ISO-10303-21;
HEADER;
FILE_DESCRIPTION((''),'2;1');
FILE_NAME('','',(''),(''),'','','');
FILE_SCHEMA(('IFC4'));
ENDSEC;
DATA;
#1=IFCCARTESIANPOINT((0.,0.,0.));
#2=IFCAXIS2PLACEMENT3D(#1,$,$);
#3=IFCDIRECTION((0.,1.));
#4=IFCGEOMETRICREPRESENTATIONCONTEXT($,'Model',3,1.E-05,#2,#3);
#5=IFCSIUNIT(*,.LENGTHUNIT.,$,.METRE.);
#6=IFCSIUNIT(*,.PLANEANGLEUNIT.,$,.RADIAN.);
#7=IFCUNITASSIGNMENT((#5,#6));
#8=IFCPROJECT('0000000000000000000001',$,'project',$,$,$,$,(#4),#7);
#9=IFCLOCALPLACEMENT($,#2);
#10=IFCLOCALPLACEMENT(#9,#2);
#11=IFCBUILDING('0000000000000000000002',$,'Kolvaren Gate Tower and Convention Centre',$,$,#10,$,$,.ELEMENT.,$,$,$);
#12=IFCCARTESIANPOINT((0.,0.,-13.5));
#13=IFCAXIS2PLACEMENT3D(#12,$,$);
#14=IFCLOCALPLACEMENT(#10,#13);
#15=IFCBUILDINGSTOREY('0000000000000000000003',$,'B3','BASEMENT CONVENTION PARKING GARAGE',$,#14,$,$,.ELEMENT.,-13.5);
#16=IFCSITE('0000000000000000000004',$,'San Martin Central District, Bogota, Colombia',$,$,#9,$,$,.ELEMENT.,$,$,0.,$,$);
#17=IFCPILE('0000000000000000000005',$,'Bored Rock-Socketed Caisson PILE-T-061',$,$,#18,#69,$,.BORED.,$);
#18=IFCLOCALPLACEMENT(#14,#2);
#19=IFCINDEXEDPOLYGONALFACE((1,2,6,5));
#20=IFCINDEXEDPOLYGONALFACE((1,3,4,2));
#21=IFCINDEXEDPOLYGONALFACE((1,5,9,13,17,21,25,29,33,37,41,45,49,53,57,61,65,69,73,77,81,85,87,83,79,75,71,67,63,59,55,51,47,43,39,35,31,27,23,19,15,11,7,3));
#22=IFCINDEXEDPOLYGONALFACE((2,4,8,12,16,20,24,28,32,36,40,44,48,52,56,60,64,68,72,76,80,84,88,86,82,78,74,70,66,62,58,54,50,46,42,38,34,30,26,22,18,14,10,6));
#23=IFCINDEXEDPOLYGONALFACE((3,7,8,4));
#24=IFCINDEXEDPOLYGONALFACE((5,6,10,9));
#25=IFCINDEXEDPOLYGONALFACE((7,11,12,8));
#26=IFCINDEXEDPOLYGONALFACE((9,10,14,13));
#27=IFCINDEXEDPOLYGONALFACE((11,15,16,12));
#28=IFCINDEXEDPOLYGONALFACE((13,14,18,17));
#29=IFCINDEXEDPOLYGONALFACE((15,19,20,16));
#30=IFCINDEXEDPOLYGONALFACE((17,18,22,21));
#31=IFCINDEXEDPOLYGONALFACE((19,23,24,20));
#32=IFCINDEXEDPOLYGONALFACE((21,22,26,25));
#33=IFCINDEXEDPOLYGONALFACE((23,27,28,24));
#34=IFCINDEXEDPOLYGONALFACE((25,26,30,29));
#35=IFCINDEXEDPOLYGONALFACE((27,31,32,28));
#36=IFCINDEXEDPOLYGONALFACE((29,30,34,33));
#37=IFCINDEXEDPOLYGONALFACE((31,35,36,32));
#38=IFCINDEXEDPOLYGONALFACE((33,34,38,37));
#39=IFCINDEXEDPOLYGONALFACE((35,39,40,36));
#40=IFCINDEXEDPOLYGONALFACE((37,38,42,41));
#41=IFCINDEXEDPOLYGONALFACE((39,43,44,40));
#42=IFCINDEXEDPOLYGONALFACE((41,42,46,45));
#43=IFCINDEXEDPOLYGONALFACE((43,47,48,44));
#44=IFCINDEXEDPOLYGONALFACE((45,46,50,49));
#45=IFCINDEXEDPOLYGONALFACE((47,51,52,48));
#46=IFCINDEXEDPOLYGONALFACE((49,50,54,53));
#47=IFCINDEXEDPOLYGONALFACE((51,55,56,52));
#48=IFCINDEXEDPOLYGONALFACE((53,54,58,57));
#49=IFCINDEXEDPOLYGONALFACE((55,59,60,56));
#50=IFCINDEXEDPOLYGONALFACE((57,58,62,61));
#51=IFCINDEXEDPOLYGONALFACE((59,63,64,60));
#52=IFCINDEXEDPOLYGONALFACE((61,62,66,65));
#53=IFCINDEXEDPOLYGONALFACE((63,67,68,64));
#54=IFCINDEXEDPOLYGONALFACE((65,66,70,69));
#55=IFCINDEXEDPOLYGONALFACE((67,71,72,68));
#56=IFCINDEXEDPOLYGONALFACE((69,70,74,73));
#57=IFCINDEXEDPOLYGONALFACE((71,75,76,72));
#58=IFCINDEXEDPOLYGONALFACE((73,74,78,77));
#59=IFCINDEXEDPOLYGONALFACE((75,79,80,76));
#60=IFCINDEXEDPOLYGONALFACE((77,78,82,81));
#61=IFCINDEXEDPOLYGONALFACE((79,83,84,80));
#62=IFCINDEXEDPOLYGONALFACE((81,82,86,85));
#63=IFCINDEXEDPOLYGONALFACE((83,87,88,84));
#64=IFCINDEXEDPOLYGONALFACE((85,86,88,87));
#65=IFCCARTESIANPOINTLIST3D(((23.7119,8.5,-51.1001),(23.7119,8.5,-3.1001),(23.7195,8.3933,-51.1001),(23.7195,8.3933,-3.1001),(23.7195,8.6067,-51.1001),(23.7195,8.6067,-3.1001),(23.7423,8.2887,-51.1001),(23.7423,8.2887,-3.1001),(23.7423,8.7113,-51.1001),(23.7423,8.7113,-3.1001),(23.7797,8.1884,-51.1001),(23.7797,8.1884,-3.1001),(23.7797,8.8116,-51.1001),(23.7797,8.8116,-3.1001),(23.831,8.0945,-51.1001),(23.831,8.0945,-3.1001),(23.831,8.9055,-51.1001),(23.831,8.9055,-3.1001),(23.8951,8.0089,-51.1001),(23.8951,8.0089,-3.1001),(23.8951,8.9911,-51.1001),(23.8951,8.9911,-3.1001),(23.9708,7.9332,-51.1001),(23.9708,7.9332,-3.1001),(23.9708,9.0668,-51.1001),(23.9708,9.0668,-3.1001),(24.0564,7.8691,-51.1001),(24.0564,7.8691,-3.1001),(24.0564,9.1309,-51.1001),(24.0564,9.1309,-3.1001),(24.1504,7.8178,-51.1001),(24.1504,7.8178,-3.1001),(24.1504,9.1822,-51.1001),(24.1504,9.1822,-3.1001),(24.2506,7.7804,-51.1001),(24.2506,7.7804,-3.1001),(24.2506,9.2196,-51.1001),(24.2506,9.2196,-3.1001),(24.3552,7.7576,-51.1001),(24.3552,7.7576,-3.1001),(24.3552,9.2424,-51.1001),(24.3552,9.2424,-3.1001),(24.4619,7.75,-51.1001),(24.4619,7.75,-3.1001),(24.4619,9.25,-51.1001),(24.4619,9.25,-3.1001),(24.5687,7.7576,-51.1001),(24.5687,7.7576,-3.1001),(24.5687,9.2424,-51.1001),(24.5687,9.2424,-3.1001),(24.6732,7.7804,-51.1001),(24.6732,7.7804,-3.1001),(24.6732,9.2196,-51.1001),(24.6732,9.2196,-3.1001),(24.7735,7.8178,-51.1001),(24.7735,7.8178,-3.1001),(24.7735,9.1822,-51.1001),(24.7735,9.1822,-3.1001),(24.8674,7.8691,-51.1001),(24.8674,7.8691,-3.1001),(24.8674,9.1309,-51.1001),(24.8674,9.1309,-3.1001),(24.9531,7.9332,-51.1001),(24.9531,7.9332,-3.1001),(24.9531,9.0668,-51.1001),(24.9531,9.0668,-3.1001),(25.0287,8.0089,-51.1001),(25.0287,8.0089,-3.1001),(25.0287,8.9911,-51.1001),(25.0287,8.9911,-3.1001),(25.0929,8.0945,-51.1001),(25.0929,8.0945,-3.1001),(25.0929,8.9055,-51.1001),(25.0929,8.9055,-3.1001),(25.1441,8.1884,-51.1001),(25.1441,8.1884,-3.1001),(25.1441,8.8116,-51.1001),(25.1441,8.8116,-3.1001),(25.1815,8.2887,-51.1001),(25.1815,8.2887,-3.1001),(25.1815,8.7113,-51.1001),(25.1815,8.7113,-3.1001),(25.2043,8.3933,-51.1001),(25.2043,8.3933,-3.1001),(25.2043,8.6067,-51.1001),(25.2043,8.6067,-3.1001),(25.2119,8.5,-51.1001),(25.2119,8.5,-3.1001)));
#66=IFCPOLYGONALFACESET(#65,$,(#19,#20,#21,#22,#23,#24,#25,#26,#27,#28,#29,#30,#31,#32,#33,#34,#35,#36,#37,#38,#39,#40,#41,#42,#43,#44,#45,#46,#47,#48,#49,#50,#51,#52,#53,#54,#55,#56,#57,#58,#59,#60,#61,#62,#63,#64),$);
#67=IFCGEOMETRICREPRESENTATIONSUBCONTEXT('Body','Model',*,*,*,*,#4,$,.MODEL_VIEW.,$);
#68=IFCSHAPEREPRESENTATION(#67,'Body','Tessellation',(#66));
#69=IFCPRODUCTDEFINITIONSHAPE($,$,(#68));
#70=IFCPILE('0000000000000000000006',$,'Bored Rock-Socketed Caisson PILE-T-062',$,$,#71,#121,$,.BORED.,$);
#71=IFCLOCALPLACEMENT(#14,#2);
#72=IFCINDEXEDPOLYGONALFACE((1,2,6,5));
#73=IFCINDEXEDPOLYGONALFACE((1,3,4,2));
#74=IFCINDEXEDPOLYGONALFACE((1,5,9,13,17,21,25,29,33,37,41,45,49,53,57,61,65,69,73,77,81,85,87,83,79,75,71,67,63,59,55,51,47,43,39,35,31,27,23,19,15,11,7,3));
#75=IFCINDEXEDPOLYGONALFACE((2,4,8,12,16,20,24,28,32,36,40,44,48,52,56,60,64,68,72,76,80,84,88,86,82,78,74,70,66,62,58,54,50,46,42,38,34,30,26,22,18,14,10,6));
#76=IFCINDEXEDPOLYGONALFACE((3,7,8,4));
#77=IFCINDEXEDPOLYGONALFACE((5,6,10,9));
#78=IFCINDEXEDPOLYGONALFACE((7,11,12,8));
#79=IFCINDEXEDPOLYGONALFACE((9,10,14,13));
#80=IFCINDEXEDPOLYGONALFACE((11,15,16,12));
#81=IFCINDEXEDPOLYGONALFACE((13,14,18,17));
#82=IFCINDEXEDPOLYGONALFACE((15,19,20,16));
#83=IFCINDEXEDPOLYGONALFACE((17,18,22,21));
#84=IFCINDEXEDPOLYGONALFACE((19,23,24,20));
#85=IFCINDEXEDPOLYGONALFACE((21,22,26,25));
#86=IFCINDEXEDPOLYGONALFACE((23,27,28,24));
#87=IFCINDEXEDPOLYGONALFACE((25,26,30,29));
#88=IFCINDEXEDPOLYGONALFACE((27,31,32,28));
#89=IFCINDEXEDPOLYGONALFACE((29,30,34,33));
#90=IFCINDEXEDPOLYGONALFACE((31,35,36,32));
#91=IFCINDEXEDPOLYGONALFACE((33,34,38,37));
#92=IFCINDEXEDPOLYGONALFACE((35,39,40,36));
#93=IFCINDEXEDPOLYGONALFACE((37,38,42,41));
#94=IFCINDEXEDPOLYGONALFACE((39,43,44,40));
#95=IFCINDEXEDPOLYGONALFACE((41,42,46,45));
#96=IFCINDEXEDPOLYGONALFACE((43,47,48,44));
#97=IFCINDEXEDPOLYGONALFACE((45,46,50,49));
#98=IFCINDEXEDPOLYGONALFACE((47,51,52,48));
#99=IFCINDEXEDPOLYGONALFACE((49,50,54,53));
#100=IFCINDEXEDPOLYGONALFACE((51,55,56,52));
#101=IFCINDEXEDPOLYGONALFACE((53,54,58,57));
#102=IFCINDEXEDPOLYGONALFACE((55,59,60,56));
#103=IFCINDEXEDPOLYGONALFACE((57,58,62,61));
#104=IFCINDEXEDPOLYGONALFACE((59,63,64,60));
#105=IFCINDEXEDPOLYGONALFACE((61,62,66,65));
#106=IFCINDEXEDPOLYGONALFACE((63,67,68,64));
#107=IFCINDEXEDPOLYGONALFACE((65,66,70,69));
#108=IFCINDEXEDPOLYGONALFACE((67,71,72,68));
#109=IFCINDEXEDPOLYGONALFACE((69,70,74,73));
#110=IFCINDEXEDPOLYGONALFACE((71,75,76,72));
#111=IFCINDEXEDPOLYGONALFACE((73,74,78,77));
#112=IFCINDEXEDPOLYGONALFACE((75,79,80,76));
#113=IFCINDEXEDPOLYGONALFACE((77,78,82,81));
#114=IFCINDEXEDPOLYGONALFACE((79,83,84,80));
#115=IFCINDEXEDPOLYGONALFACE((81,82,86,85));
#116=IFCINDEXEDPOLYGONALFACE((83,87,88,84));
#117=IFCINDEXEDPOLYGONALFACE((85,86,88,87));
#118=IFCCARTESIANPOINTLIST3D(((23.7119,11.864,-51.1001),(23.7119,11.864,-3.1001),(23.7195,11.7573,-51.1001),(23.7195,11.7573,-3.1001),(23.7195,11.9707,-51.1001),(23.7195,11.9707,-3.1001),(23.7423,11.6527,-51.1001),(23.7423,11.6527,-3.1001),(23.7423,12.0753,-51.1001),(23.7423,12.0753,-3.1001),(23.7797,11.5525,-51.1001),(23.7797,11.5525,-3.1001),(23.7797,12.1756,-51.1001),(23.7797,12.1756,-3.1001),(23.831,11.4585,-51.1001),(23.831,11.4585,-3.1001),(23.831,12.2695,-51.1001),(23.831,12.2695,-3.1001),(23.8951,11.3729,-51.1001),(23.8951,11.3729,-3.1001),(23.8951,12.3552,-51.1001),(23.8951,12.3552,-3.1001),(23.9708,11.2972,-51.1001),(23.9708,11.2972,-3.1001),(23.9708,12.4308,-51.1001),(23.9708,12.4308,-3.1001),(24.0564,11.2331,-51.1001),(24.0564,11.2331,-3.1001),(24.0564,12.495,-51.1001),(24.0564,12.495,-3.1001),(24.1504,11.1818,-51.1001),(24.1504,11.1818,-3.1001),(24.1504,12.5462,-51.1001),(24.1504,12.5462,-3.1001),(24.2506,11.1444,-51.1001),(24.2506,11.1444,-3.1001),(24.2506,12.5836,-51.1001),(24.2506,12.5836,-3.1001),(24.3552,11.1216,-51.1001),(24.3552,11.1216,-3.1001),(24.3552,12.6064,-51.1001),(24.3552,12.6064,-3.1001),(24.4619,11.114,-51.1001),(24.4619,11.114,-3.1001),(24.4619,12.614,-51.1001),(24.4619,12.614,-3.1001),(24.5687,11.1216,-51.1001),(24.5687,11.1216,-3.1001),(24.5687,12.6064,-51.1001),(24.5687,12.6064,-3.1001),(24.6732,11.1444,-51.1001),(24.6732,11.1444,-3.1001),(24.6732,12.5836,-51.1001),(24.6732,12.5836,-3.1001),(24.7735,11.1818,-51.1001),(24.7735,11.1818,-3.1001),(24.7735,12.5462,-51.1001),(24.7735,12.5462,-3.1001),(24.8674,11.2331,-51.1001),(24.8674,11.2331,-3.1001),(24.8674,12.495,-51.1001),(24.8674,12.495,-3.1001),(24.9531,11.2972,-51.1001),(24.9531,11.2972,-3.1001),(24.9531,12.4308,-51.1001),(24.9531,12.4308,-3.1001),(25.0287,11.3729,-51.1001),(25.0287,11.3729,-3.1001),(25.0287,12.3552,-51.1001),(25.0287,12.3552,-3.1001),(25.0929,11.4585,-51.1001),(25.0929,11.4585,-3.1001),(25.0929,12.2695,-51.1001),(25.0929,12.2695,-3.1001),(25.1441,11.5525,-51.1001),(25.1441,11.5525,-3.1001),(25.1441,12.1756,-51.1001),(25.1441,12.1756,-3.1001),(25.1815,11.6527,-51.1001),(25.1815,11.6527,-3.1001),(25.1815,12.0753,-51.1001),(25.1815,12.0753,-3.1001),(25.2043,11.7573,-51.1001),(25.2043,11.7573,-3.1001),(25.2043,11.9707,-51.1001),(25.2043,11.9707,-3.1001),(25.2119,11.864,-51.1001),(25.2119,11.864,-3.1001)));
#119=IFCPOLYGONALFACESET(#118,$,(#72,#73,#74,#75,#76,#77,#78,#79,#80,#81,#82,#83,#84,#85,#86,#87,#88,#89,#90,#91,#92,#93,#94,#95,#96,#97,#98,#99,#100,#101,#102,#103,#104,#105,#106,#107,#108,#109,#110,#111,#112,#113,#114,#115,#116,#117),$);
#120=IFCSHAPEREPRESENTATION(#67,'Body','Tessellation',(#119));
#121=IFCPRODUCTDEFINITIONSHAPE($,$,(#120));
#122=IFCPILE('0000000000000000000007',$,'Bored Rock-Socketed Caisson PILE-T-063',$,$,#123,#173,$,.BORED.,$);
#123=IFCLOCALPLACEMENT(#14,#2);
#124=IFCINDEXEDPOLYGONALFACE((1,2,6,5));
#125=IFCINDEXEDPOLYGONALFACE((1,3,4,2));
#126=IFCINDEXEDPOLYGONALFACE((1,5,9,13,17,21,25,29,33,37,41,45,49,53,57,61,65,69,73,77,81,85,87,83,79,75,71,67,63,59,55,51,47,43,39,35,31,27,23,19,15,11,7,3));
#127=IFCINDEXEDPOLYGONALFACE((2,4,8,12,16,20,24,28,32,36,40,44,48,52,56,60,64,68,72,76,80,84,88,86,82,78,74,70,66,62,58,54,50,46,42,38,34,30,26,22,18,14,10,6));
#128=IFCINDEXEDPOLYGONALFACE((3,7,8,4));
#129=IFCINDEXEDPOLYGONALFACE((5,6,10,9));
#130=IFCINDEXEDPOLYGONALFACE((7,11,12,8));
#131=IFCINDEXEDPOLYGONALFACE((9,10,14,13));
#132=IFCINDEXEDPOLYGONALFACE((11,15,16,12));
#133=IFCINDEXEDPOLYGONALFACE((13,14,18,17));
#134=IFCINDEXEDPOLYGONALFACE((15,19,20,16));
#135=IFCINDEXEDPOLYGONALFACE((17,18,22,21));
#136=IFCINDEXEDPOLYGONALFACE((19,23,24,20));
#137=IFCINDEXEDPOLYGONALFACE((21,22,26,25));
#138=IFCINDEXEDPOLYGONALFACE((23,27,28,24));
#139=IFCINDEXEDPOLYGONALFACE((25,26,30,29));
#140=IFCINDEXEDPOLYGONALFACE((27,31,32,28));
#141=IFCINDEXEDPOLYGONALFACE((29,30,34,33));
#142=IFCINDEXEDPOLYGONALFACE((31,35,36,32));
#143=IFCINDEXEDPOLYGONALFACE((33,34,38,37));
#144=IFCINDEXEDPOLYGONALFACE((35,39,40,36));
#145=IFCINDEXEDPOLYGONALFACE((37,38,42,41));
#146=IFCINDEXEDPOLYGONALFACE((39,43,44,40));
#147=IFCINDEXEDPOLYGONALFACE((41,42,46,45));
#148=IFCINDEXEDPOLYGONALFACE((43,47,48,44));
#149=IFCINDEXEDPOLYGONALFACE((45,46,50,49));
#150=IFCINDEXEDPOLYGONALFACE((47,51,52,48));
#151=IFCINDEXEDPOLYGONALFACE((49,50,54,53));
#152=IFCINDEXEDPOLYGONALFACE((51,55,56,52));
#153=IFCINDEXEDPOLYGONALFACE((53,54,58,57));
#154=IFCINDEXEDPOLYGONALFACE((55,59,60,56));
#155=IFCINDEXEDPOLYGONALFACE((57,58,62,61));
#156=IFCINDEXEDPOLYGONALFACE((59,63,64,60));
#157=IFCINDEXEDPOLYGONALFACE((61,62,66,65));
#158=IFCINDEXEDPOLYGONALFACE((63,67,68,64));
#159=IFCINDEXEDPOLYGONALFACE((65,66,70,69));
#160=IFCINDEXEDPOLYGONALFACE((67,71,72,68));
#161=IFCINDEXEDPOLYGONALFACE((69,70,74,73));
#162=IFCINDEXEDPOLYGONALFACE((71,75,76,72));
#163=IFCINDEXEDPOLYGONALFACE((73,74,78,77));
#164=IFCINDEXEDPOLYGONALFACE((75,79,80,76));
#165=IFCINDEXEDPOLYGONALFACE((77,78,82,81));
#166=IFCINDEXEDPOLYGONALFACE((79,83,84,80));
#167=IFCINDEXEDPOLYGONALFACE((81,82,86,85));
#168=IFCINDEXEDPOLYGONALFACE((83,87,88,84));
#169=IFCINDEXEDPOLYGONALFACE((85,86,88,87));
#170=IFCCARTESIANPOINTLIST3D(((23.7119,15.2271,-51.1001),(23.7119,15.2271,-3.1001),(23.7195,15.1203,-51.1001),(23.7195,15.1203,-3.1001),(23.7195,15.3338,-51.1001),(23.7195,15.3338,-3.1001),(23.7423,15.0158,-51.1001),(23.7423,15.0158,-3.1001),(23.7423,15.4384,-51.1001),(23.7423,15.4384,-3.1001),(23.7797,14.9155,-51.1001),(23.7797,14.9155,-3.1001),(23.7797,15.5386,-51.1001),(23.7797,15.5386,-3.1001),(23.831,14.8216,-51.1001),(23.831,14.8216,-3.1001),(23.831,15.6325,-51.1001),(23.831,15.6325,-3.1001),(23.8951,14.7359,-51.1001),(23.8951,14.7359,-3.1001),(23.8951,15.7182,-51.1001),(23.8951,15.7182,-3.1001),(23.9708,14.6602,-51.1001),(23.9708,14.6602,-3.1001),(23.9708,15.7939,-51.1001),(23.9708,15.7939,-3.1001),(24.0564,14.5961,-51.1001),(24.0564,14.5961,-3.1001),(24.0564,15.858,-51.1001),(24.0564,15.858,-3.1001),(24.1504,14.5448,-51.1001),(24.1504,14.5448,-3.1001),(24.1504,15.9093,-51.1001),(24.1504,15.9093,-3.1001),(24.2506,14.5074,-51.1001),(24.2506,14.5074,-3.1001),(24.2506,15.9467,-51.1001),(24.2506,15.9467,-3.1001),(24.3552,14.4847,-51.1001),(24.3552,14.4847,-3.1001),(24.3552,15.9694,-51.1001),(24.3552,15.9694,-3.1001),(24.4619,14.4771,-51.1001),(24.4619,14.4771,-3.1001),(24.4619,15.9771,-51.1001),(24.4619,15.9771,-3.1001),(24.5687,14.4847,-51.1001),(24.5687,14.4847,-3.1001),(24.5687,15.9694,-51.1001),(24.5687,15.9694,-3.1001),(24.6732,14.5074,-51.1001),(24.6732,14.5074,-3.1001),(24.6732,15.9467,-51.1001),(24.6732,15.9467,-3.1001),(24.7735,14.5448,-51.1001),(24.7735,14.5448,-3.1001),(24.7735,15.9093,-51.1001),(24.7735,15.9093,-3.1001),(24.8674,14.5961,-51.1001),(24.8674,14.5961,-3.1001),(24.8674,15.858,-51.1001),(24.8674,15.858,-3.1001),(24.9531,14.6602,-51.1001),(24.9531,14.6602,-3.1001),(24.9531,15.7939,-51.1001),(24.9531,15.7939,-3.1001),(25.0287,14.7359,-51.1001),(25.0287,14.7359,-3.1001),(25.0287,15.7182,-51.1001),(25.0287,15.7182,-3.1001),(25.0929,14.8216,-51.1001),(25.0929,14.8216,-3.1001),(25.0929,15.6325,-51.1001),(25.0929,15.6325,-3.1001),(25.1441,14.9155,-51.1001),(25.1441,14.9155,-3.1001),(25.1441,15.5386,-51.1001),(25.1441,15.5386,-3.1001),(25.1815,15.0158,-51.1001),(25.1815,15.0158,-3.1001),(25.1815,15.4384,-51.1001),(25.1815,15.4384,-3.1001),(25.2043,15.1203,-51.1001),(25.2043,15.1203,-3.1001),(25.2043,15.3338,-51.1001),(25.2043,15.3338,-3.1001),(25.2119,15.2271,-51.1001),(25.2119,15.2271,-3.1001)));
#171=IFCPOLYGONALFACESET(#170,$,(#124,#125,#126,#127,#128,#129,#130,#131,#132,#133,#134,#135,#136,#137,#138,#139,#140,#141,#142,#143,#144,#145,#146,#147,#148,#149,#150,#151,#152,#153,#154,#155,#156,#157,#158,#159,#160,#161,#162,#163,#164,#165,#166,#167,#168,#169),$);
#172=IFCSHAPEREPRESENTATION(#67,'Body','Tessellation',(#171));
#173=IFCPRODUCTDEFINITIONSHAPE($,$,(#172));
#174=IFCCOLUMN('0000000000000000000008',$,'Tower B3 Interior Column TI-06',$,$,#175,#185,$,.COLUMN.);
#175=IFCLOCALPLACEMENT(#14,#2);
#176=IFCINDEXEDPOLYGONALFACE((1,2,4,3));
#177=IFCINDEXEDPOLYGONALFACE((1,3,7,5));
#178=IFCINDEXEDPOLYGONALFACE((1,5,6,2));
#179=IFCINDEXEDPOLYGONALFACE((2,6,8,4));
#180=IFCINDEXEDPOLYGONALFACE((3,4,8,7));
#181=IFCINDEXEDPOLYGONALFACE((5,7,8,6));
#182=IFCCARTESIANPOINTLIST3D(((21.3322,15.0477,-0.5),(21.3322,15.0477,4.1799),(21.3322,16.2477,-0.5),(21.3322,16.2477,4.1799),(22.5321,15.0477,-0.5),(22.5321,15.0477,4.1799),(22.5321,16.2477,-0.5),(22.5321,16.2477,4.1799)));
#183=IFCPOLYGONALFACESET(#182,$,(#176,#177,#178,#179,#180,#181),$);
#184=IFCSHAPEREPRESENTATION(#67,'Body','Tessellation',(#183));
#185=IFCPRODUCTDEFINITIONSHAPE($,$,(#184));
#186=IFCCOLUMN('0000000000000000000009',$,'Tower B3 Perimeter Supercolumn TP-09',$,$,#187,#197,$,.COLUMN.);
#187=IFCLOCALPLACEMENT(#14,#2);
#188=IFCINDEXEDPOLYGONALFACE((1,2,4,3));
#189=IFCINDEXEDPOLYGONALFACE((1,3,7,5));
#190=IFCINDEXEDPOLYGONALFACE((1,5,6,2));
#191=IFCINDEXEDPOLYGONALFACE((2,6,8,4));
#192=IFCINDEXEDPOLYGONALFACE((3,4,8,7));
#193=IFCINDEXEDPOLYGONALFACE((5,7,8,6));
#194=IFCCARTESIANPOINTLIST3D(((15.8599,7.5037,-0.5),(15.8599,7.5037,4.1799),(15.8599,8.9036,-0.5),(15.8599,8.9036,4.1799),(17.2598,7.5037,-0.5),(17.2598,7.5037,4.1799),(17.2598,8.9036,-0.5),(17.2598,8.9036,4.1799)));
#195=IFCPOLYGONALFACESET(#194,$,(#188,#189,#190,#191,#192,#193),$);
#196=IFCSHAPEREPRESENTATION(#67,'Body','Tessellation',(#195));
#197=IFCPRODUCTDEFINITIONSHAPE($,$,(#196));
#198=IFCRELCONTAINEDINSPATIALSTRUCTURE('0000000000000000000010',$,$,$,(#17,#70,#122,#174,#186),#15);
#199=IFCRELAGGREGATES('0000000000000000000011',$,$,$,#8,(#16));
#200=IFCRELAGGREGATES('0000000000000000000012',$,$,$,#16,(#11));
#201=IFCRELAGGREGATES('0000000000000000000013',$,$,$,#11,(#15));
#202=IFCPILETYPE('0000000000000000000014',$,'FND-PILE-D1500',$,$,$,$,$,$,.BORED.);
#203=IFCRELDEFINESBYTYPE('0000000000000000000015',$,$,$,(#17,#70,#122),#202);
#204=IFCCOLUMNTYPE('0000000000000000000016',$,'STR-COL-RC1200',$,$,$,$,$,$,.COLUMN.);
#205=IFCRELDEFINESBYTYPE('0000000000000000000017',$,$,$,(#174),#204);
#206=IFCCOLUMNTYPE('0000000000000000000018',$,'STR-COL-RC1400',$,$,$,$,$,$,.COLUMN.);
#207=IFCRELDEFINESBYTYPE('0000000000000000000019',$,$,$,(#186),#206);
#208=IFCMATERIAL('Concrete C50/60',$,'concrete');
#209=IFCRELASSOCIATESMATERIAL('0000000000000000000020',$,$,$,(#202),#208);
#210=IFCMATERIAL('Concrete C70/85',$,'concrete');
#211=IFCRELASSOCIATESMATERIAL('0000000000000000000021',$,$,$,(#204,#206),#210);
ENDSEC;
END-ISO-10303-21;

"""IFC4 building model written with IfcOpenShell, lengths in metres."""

from ifc_helpers import new_model, si_unit, direction, frame, origin, origin_2d, place, context, subcontext, project, spatial, rectangle, circle, extrude, material, material_profile, profile_set, type_object, element, save


model = new_model("IFC4")

# Units and contexts
model_context = context("Model", 3, precision=1e-05, world=origin(), true_north=direction((0.0, 1.0)))
body_context = subcontext(model_context, "Body", "Model", "MODEL_VIEW")
ifc_project = project(units=[si_unit("LENGTHUNIT", "METRE"), si_unit("PLANEANGLEUNIT", "RADIAN")], contexts=[model_context])

# Site, building, storey
site_placement = place(None, origin())
site = spatial("IfcSite", under=ifc_project, at=site_placement, Name="San Martin Central District, Bogota, Colombia", CompositionType="ELEMENT", RefElevation=0.0)
building_placement = place(site_placement, origin())
building = spatial("IfcBuilding", under=site, at=building_placement, Name="Kolvaren Gate Tower and Convention Centre", CompositionType="ELEMENT")
storey_placement = place(building_placement, frame((0.0, 0.0, -13.5)))
storey = spatial("IfcBuildingStorey", under=building, at=storey_placement, Name="B3", Description="BASEMENT CONVENTION PARKING GARAGE", CompositionType="ELEMENT", Elevation=-13.5)

# Shared definitions
ifc_material_1 = material(Name="Concrete C50/60", Category="concrete")

# Piles
ifc_material_profile_1 = material_profile(ifc_material_1, circle(Radius=0.75, at=origin_2d()), Name="CAISSON-D1500")
ifc_profile_set_1 = profile_set([ifc_material_profile_1], Name="Concrete C50/60")
pile_type = type_object("IfcPileType", Name="FND-PILE-D1500", PredefinedType="BORED", material=ifc_profile_set_1)
for number, where, z_axis, x_axis, name in (
    (1, (24.4619, 8.5, -3.1001), (0.0, 0.0, -1.0), (1.0, 0.0, 0.0), "Bored Rock-Socketed Caisson PILE-T-061"),
    (2, (24.4619, 11.864, -3.1001), (0.0, 0.0, -1.0), (1.0, 0.0, 0.0), "Bored Rock-Socketed Caisson PILE-T-062"),
    (3, (24.4619, 15.2271, -3.1001), (0.0, 0.0, -1.0), (1.0, 0.0, 0.0), "Bored Rock-Socketed Caisson PILE-T-063"),
):
    element("IfcPile", number, at=place(storey_placement, frame(where, z_axis=z_axis, x_axis=x_axis)), inside=storey, type_object=pile_type, Name=name, PredefinedType="BORED", context=body_context, shape_type="SweptSolid", body=[
        extrude(circle(Radius=0.75, at=origin_2d()), origin(), (0.0, 0.0, 1.0), 48.0),
    ])

# Columns
ifc_material_2 = material(Name="Concrete C70/85", Category="concrete")
ifc_material_profile_2 = material_profile(ifc_material_2, rectangle(XDim=1.2, YDim=1.2, at=origin_2d()), Name="RC-COL-1200X1200")
ifc_profile_set_2 = profile_set([ifc_material_profile_2], Name="Concrete C70/85")
column_type_1 = type_object("IfcColumnType", Name="STR-COL-RC1200", PredefinedType="COLUMN", material=ifc_profile_set_2)
column_1_placement = place(storey_placement, frame((21.9321, 15.6477, -0.5), z_axis=(0.0, 0.0, 1.0), x_axis=(1.0, 0.0, 0.0)))
element("IfcColumn", 4, at=column_1_placement, inside=storey, type_object=column_type_1, Name="Tower B3 Interior Column TI-06", PredefinedType="COLUMN", context=body_context, shape_type="SweptSolid", body=[
    extrude(rectangle(XDim=1.2, YDim=1.2, at=origin_2d()), origin(), (0.0, 0.0, 1.0), 4.6799),
])
ifc_material_profile_3 = material_profile(ifc_material_2, rectangle(XDim=1.3999, YDim=1.3999, at=origin_2d()), Name="RC-COL-1400X1400")
ifc_profile_set_3 = profile_set([ifc_material_profile_3], Name="Concrete C70/85")
column_type_2 = type_object("IfcColumnType", Name="STR-COL-RC1400", PredefinedType="COLUMN", material=ifc_profile_set_3)
column_2_placement = place(storey_placement, frame((16.5598, 8.2036, -0.5), z_axis=(0.0, 0.0, 1.0), x_axis=(1.0, 0.0, 0.0)))
element("IfcColumn", 5, at=column_2_placement, inside=storey, type_object=column_type_2, Name="Tower B3 Perimeter Supercolumn TP-09", PredefinedType="COLUMN", context=body_context, shape_type="SweptSolid", body=[
    extrude(rectangle(XDim=1.3999, YDim=1.3999, at=origin_2d()), origin(), (0.0, 0.0, 1.0), 4.6799),
])

save(model, "model.ifc")
